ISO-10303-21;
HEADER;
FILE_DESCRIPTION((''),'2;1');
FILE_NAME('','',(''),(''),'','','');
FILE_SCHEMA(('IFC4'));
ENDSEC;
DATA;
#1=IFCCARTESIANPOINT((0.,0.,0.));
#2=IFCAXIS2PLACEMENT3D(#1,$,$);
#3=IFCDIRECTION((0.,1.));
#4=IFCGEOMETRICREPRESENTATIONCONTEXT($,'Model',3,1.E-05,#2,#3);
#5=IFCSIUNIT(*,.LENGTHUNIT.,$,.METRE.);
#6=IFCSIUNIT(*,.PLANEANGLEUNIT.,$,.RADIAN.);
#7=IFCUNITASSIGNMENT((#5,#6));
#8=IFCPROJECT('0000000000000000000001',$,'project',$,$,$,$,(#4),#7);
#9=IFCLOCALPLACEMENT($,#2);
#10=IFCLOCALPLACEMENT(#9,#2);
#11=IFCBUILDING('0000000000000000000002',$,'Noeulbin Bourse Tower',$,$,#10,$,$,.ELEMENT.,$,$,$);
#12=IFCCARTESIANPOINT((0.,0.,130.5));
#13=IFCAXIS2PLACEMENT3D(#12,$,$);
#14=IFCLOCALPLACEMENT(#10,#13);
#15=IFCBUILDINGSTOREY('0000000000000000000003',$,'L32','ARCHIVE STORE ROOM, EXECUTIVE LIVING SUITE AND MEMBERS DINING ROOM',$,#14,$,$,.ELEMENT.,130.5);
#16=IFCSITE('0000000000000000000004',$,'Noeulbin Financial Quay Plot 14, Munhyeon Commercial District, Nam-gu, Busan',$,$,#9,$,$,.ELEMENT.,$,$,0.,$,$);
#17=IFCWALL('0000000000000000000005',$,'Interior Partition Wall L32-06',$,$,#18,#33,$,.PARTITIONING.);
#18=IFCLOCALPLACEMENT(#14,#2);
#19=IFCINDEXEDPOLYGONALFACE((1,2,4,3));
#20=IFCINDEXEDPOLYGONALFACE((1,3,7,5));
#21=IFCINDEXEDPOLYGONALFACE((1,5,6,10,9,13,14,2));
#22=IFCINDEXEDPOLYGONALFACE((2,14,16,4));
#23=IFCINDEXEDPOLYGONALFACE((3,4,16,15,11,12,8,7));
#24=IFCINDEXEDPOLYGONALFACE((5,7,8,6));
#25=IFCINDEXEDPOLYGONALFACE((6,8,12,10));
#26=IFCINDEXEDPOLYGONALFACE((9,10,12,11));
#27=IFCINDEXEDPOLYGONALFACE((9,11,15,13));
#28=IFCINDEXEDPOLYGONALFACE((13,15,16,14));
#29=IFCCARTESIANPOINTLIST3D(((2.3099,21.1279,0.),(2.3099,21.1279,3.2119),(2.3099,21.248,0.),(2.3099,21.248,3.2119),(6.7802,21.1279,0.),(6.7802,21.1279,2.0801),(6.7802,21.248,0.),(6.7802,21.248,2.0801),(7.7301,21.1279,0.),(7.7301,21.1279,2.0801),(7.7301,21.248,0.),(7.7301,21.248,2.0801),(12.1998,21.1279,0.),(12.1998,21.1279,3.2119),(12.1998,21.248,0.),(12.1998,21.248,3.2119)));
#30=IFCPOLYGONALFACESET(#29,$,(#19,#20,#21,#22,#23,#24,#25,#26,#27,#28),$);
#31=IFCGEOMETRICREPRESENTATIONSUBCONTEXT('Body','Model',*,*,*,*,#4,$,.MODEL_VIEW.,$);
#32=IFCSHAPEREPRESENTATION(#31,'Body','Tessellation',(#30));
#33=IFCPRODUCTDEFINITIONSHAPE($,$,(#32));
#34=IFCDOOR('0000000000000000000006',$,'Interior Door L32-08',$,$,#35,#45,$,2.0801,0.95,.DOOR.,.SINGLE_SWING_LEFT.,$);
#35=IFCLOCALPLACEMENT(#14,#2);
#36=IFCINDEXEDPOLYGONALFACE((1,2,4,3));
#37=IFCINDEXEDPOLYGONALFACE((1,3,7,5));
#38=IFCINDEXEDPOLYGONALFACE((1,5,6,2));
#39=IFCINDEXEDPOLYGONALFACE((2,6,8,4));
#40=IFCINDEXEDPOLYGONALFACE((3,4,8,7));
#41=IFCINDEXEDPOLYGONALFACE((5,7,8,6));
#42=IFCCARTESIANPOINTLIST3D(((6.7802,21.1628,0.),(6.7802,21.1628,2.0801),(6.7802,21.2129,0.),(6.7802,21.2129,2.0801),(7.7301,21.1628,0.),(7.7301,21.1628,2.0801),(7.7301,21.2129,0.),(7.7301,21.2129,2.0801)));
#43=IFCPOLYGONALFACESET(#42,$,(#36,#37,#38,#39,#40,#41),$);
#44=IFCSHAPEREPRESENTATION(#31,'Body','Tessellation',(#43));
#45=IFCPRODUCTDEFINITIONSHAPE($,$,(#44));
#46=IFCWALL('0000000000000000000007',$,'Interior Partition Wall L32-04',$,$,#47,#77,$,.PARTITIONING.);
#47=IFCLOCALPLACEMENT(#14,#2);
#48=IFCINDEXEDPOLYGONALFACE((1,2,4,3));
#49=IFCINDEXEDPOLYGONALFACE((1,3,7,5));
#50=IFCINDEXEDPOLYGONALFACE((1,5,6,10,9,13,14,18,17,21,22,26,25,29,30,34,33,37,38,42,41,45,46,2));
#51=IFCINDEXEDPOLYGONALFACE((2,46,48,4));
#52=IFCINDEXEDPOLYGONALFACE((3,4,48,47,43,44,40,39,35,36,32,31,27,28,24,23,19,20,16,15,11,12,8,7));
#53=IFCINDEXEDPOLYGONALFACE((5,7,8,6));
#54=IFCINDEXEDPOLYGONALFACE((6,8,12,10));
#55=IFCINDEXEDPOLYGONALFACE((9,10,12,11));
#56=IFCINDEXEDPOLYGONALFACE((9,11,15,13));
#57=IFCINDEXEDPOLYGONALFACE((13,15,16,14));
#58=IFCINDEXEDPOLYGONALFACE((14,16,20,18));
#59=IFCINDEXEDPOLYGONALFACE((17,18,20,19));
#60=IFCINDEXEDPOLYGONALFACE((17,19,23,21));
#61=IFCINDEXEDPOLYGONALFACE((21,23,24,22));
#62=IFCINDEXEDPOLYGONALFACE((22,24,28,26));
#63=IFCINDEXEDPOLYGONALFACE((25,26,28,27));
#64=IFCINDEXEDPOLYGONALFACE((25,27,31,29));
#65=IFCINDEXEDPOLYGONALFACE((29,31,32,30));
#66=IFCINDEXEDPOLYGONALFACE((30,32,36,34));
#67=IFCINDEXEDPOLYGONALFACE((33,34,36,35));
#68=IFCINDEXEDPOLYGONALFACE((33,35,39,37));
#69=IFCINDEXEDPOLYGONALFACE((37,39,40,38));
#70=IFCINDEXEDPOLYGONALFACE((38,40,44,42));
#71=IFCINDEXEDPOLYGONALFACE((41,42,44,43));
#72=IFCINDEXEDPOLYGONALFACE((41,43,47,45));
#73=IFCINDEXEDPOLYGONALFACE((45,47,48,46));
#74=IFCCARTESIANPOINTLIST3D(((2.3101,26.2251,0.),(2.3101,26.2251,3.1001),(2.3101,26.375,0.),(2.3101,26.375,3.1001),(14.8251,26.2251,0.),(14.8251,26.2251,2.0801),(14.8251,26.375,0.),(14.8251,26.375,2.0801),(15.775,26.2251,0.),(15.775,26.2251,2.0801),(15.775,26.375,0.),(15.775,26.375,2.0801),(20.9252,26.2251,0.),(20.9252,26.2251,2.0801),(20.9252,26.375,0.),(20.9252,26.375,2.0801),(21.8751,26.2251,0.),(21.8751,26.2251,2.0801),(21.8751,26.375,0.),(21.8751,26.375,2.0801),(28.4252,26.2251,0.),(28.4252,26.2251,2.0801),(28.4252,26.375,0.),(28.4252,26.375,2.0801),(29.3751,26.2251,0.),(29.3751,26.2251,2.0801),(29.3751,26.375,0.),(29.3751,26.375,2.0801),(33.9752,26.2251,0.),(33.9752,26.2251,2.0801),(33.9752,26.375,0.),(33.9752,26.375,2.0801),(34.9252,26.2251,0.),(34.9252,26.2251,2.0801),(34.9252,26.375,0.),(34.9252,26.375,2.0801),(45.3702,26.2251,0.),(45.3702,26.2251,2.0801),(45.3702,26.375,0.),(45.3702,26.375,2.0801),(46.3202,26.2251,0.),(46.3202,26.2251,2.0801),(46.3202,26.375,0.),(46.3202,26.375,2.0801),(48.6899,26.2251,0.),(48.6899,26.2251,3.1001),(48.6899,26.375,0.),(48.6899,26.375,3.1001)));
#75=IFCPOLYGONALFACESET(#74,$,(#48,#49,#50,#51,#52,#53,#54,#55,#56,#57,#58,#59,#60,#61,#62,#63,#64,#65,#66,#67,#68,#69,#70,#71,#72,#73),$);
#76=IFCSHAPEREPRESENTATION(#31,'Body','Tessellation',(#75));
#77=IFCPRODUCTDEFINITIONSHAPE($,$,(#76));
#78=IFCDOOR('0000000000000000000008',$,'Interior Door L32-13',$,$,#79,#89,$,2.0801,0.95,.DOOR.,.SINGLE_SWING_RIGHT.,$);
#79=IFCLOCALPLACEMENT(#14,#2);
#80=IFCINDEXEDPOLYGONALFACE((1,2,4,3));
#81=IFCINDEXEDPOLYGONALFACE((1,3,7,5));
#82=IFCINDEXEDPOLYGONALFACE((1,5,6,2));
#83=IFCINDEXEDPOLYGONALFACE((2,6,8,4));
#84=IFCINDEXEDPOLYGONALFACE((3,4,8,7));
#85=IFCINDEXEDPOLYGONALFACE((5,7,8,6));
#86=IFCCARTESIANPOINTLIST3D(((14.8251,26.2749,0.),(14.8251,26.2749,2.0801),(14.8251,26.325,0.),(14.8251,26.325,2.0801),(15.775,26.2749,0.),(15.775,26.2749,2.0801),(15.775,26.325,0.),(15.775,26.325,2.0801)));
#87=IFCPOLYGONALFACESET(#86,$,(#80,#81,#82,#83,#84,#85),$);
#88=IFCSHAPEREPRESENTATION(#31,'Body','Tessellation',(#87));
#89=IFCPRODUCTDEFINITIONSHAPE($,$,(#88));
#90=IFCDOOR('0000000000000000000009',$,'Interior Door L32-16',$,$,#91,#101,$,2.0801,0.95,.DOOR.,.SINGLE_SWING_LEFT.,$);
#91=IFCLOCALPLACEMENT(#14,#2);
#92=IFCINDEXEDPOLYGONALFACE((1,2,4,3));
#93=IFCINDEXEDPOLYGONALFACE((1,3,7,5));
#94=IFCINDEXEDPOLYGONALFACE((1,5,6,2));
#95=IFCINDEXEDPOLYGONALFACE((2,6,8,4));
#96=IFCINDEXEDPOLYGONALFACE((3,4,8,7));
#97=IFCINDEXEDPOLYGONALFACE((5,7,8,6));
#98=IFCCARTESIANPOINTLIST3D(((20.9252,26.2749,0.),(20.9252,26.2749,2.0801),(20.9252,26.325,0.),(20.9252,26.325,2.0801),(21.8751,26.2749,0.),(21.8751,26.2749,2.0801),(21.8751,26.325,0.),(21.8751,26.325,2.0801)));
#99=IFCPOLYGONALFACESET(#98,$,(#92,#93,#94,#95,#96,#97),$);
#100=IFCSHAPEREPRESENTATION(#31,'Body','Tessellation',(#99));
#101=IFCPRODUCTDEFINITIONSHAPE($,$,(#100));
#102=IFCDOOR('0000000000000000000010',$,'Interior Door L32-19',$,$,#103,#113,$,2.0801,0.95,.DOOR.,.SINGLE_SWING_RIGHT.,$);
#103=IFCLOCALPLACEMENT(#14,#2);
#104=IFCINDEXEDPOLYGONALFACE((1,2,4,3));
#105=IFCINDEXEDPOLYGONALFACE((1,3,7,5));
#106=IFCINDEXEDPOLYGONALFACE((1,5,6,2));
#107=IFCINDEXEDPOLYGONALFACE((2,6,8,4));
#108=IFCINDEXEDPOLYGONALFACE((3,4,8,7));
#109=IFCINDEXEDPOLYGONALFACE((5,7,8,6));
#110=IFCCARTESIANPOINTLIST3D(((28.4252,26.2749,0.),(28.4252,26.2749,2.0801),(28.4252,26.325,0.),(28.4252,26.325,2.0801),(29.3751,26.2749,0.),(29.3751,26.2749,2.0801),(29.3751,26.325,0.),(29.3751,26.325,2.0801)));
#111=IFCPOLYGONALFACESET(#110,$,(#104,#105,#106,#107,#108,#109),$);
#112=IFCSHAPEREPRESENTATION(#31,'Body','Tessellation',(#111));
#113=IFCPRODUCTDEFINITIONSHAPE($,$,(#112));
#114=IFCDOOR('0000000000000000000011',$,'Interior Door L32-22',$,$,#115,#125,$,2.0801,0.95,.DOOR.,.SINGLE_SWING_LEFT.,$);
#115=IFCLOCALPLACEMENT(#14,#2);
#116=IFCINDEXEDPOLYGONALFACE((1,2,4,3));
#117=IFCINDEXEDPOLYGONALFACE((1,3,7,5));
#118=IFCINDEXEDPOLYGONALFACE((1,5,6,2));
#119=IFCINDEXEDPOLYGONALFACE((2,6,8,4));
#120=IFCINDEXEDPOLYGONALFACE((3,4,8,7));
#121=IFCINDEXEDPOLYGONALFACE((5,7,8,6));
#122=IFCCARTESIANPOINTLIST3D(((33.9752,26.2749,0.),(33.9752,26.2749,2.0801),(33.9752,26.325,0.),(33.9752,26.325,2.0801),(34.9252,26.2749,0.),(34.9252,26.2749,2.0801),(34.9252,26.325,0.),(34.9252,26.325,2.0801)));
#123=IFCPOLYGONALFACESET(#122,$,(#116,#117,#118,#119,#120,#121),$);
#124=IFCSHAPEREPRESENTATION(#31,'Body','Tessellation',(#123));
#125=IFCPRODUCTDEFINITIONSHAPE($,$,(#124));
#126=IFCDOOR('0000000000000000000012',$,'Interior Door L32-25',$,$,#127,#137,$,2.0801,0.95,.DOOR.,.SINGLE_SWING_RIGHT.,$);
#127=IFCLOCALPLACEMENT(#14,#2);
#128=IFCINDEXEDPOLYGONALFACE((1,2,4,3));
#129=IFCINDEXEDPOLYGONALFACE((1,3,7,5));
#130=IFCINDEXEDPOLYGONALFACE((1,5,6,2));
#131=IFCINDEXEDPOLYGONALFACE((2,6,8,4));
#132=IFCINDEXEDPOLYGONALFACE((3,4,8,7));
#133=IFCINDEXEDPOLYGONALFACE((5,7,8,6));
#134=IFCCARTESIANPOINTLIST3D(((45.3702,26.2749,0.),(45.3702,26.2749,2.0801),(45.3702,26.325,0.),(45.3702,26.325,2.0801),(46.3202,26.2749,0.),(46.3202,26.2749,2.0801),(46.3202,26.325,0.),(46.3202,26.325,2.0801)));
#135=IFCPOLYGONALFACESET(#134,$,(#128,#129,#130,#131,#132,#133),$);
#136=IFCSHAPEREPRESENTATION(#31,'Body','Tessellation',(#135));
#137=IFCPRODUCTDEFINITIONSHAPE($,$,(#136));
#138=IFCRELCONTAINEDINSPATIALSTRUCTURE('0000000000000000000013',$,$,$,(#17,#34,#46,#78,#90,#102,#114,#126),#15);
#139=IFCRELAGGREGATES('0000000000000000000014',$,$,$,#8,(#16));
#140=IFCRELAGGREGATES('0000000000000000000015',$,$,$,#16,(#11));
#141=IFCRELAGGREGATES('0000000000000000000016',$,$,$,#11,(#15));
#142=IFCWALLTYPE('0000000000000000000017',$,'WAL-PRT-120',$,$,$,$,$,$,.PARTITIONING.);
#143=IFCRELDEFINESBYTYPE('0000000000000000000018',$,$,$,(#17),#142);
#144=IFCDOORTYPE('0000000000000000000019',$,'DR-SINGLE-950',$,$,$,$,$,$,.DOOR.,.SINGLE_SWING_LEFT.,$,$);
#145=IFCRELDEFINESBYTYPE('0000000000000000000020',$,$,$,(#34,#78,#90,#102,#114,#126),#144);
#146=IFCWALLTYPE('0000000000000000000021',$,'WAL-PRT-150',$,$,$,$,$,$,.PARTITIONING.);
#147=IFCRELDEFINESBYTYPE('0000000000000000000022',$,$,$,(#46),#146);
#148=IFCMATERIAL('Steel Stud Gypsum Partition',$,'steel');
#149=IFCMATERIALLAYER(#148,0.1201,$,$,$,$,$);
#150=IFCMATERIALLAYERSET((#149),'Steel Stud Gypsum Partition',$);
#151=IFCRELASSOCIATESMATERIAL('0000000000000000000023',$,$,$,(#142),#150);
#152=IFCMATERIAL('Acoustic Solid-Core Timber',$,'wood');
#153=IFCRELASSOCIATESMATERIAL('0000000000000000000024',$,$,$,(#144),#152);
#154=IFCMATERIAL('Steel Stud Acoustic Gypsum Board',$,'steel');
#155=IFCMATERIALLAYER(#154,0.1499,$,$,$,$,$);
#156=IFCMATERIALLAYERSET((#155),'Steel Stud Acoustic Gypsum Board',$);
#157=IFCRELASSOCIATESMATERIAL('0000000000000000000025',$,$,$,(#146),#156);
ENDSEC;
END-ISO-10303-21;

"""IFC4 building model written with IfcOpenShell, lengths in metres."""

from ifc_helpers import new_model, si_unit, direction, frame, frame_2d, origin, place, context, subcontext, project, spatial, rectangle, extrude, material, layer, layer_set, type_object, element, fill, save


model = new_model("IFC4")

# Units and contexts
model_context = context("Model", 3, precision=1e-05, world=origin(), true_north=direction((0.0, 1.0)))
body_context = subcontext(model_context, "Body", "Model", "MODEL_VIEW")
ifc_project = project(units=[si_unit("LENGTHUNIT", "METRE"), si_unit("PLANEANGLEUNIT", "RADIAN")], contexts=[model_context])

# Site, building, storey
site_placement = place(None, origin())
site = spatial("IfcSite", under=ifc_project, at=site_placement, Name="Noeulbin Financial Quay Plot 14, Munhyeon Commercial District, Nam-gu, Busan", CompositionType="ELEMENT", RefElevation=0.0)
building_placement = place(site_placement, origin())
building = spatial("IfcBuilding", under=site, at=building_placement, Name="Noeulbin Bourse Tower", CompositionType="ELEMENT")
storey_placement = place(building_placement, frame((0.0, 0.0, 130.5)))
storey = spatial("IfcBuildingStorey", under=building, at=storey_placement, Name="L32", Description="ARCHIVE STORE ROOM, EXECUTIVE LIVING SUITE AND MEMBERS DINING ROOM", CompositionType="ELEMENT", Elevation=130.5)

# Wall, opening, door
ifc_material_1 = material(Name="Steel Stud Gypsum Partition", Category="steel")
ifc_layer_1 = layer(ifc_material_1, 0.1201)
ifc_layer_set_1 = layer_set([ifc_layer_1], Name="Steel Stud Gypsum Partition")
wall_type_1 = type_object("IfcWallType", Name="WAL-PRT-120", PredefinedType="PARTITIONING", material=ifc_layer_set_1)
wall_1_placement = place(storey_placement, frame((2.3101, 21.188, 0.0), z_axis=(0.0, 0.0, 1.0), x_axis=(1.0, 0.0, 0.0)))
wall_1 = element("IfcWall", 1, at=wall_1_placement, inside=storey, type_object=wall_type_1, Name="Interior Partition Wall L32-06", PredefinedType="PARTITIONING", context=body_context, shape_type="SweptSolid", body=[
    extrude(rectangle(XDim=9.8899, YDim=0.1201, at=frame_2d((4.9448, 0.0))), origin(), (0.0, 0.0, 1.0), 3.2119),
])
opening_1_placement = place(wall_1_placement, frame((4.47, 0.0, 0.0)))
opening_1 = element("IfcOpeningElement", 2, at=opening_1_placement, cuts=wall_1, PredefinedType="OPENING", context=body_context, shape_type="SweptSolid", body=[
    extrude(rectangle(XDim=0.95, YDim=2.0801, at=frame_2d((0.4751, 1.04))), frame((0.0, 0.0701, 0.0), z_axis=(0.0, -1.0, 0.0), x_axis=(1.0, 0.0, 0.0)), (0.0, 0.0, 1.0), 0.1401),
])
ifc_material_2 = material(Name="Acoustic Solid-Core Timber", Category="wood")
door_type = type_object("IfcDoorType", Name="DR-SINGLE-950", OperationType="SINGLE_SWING_LEFT", PredefinedType="DOOR", material=ifc_material_2)
door_1_placement = place(opening_1_placement, origin())
door_1 = element("IfcDoor", 3, at=door_1_placement, inside=storey, type_object=door_type, Name="Interior Door L32-08", OperationType="SINGLE_SWING_LEFT", OverallHeight=2.0801, OverallWidth=0.95, PredefinedType="DOOR", context=body_context, shape_type="SweptSolid", body=[
    extrude(rectangle(XDim=0.95, YDim=2.0801, at=frame_2d((0.4751, 1.04))), frame((0.0, 0.0249, 0.0), z_axis=(0.0, -1.0, 0.0), x_axis=(1.0, 0.0, 0.0)), (0.0, 0.0, 1.0), 0.05),
])
fill(opening_1, door_1)

# Wall, openings, doors
ifc_material_3 = material(Name="Steel Stud Acoustic Gypsum Board", Category="steel")
ifc_layer_2 = layer(ifc_material_3, 0.1499)
ifc_layer_set_2 = layer_set([ifc_layer_2], Name="Steel Stud Acoustic Gypsum Board")
wall_type_2 = type_object("IfcWallType", Name="WAL-PRT-150", PredefinedType="PARTITIONING", material=ifc_layer_set_2)
wall_2_placement = place(storey_placement, frame((2.3101, 26.3, 0.0), z_axis=(0.0, 0.0, 1.0), x_axis=(1.0, 0.0, 0.0)))
wall_2 = element("IfcWall", 4, at=wall_2_placement, inside=storey, type_object=wall_type_2, Name="Interior Partition Wall L32-04", PredefinedType="PARTITIONING", context=body_context, shape_type="SweptSolid", body=[
    extrude(rectangle(XDim=46.3799, YDim=0.1499, at=frame_2d((23.1899, 0.0))), origin(), (0.0, 0.0, 1.0), 3.1001),
])
opening_2_placement = place(wall_2_placement, frame((12.5149, 0.0, 0.0)))
opening_2 = element("IfcOpeningElement", 5, at=opening_2_placement, cuts=wall_2, PredefinedType="OPENING", context=body_context, shape_type="SweptSolid", body=[
    extrude(rectangle(XDim=0.95, YDim=2.0801, at=frame_2d((0.4751, 1.04))), frame((0.0, 0.085, 0.0), z_axis=(0.0, -1.0, 0.0), x_axis=(1.0, 0.0, 0.0)), (0.0, 0.0, 1.0), 0.1699),
])
opening_3_placement = place(wall_2_placement, frame((18.615, 0.0, 0.0)))
opening_3 = element("IfcOpeningElement", 6, at=opening_3_placement, cuts=wall_2, PredefinedType="OPENING", context=body_context, shape_type="SweptSolid", body=[
    extrude(rectangle(XDim=0.95, YDim=2.0801, at=frame_2d((0.4751, 1.04))), frame((0.0, 0.085, 0.0), z_axis=(0.0, -1.0, 0.0), x_axis=(1.0, 0.0, 0.0)), (0.0, 0.0, 1.0), 0.1699),
])
opening_4_placement = place(wall_2_placement, frame((26.115, 0.0, 0.0)))
opening_4 = element("IfcOpeningElement", 7, at=opening_4_placement, cuts=wall_2, PredefinedType="OPENING", context=body_context, shape_type="SweptSolid", body=[
    extrude(rectangle(XDim=0.95, YDim=2.0801, at=frame_2d((0.4751, 1.04))), frame((0.0, 0.085, 0.0), z_axis=(0.0, -1.0, 0.0), x_axis=(1.0, 0.0, 0.0)), (0.0, 0.0, 1.0), 0.1699),
])
opening_5_placement = place(wall_2_placement, frame((31.665, 0.0, 0.0)))
opening_5 = element("IfcOpeningElement", 8, at=opening_5_placement, cuts=wall_2, PredefinedType="OPENING", context=body_context, shape_type="SweptSolid", body=[
    extrude(rectangle(XDim=0.95, YDim=2.0801, at=frame_2d((0.4751, 1.04))), frame((0.0, 0.085, 0.0), z_axis=(0.0, -1.0, 0.0), x_axis=(1.0, 0.0, 0.0)), (0.0, 0.0, 1.0), 0.1699),
])
opening_6_placement = place(wall_2_placement, frame((43.0601, 0.0, 0.0)))
opening_6 = element("IfcOpeningElement", 9, at=opening_6_placement, cuts=wall_2, PredefinedType="OPENING", context=body_context, shape_type="SweptSolid", body=[
    extrude(rectangle(XDim=0.95, YDim=2.0801, at=frame_2d((0.4751, 1.04))), frame((0.0, 0.085, 0.0), z_axis=(0.0, -1.0, 0.0), x_axis=(1.0, 0.0, 0.0)), (0.0, 0.0, 1.0), 0.1699),
])
door_2_placement = place(opening_2_placement, origin())
door_2 = element("IfcDoor", 10, at=door_2_placement, inside=storey, type_object=door_type, Name="Interior Door L32-13", OperationType="SINGLE_SWING_RIGHT", OverallHeight=2.0801, OverallWidth=0.95, PredefinedType="DOOR", context=body_context, shape_type="SweptSolid", body=[
    extrude(rectangle(XDim=0.95, YDim=2.0801, at=frame_2d((0.4751, 1.04))), frame((0.0, 0.0249, 0.0), z_axis=(0.0, -1.0, 0.0), x_axis=(1.0, 0.0, 0.0)), (0.0, 0.0, 1.0), 0.05),
])
fill(opening_2, door_2)
door_3_placement = place(opening_3_placement, origin())
door_3 = element("IfcDoor", 11, at=door_3_placement, inside=storey, type_object=door_type, Name="Interior Door L32-16", OperationType="SINGLE_SWING_LEFT", OverallHeight=2.0801, OverallWidth=0.95, PredefinedType="DOOR", context=body_context, shape_type="SweptSolid", body=[
    extrude(rectangle(XDim=0.95, YDim=2.0801, at=frame_2d((0.4751, 1.04))), frame((0.0, 0.0249, 0.0), z_axis=(0.0, -1.0, 0.0), x_axis=(1.0, 0.0, 0.0)), (0.0, 0.0, 1.0), 0.05),
])
fill(opening_3, door_3)
door_4_placement = place(opening_4_placement, origin())
door_4 = element("IfcDoor", 12, at=door_4_placement, inside=storey, type_object=door_type, Name="Interior Door L32-19", OperationType="SINGLE_SWING_RIGHT", OverallHeight=2.0801, OverallWidth=0.95, PredefinedType="DOOR", context=body_context, shape_type="SweptSolid", body=[
    extrude(rectangle(XDim=0.95, YDim=2.0801, at=frame_2d((0.4751, 1.04))), frame((0.0, 0.0249, 0.0), z_axis=(0.0, -1.0, 0.0), x_axis=(1.0, 0.0, 0.0)), (0.0, 0.0, 1.0), 0.05),
])
fill(opening_4, door_4)
door_5_placement = place(opening_5_placement, origin())
door_5 = element("IfcDoor", 13, at=door_5_placement, inside=storey, type_object=door_type, Name="Interior Door L32-22", OperationType="SINGLE_SWING_LEFT", OverallHeight=2.0801, OverallWidth=0.95, PredefinedType="DOOR", context=body_context, shape_type="SweptSolid", body=[
    extrude(rectangle(XDim=0.95, YDim=2.0801, at=frame_2d((0.4751, 1.04))), frame((0.0, 0.0249, 0.0), z_axis=(0.0, -1.0, 0.0), x_axis=(1.0, 0.0, 0.0)), (0.0, 0.0, 1.0), 0.05),
])
fill(opening_5, door_5)
door_6_placement = place(opening_6_placement, origin())
door_6 = element("IfcDoor", 14, at=door_6_placement, inside=storey, type_object=door_type, Name="Interior Door L32-25", OperationType="SINGLE_SWING_RIGHT", OverallHeight=2.0801, OverallWidth=0.95, PredefinedType="DOOR", context=body_context, shape_type="SweptSolid", body=[
    extrude(rectangle(XDim=0.95, YDim=2.0801, at=frame_2d((0.4751, 1.04))), frame((0.0, 0.0249, 0.0), z_axis=(0.0, -1.0, 0.0), x_axis=(1.0, 0.0, 0.0)), (0.0, 0.0, 1.0), 0.05),
])
fill(opening_6, door_6)

save(model, "model.ifc")
